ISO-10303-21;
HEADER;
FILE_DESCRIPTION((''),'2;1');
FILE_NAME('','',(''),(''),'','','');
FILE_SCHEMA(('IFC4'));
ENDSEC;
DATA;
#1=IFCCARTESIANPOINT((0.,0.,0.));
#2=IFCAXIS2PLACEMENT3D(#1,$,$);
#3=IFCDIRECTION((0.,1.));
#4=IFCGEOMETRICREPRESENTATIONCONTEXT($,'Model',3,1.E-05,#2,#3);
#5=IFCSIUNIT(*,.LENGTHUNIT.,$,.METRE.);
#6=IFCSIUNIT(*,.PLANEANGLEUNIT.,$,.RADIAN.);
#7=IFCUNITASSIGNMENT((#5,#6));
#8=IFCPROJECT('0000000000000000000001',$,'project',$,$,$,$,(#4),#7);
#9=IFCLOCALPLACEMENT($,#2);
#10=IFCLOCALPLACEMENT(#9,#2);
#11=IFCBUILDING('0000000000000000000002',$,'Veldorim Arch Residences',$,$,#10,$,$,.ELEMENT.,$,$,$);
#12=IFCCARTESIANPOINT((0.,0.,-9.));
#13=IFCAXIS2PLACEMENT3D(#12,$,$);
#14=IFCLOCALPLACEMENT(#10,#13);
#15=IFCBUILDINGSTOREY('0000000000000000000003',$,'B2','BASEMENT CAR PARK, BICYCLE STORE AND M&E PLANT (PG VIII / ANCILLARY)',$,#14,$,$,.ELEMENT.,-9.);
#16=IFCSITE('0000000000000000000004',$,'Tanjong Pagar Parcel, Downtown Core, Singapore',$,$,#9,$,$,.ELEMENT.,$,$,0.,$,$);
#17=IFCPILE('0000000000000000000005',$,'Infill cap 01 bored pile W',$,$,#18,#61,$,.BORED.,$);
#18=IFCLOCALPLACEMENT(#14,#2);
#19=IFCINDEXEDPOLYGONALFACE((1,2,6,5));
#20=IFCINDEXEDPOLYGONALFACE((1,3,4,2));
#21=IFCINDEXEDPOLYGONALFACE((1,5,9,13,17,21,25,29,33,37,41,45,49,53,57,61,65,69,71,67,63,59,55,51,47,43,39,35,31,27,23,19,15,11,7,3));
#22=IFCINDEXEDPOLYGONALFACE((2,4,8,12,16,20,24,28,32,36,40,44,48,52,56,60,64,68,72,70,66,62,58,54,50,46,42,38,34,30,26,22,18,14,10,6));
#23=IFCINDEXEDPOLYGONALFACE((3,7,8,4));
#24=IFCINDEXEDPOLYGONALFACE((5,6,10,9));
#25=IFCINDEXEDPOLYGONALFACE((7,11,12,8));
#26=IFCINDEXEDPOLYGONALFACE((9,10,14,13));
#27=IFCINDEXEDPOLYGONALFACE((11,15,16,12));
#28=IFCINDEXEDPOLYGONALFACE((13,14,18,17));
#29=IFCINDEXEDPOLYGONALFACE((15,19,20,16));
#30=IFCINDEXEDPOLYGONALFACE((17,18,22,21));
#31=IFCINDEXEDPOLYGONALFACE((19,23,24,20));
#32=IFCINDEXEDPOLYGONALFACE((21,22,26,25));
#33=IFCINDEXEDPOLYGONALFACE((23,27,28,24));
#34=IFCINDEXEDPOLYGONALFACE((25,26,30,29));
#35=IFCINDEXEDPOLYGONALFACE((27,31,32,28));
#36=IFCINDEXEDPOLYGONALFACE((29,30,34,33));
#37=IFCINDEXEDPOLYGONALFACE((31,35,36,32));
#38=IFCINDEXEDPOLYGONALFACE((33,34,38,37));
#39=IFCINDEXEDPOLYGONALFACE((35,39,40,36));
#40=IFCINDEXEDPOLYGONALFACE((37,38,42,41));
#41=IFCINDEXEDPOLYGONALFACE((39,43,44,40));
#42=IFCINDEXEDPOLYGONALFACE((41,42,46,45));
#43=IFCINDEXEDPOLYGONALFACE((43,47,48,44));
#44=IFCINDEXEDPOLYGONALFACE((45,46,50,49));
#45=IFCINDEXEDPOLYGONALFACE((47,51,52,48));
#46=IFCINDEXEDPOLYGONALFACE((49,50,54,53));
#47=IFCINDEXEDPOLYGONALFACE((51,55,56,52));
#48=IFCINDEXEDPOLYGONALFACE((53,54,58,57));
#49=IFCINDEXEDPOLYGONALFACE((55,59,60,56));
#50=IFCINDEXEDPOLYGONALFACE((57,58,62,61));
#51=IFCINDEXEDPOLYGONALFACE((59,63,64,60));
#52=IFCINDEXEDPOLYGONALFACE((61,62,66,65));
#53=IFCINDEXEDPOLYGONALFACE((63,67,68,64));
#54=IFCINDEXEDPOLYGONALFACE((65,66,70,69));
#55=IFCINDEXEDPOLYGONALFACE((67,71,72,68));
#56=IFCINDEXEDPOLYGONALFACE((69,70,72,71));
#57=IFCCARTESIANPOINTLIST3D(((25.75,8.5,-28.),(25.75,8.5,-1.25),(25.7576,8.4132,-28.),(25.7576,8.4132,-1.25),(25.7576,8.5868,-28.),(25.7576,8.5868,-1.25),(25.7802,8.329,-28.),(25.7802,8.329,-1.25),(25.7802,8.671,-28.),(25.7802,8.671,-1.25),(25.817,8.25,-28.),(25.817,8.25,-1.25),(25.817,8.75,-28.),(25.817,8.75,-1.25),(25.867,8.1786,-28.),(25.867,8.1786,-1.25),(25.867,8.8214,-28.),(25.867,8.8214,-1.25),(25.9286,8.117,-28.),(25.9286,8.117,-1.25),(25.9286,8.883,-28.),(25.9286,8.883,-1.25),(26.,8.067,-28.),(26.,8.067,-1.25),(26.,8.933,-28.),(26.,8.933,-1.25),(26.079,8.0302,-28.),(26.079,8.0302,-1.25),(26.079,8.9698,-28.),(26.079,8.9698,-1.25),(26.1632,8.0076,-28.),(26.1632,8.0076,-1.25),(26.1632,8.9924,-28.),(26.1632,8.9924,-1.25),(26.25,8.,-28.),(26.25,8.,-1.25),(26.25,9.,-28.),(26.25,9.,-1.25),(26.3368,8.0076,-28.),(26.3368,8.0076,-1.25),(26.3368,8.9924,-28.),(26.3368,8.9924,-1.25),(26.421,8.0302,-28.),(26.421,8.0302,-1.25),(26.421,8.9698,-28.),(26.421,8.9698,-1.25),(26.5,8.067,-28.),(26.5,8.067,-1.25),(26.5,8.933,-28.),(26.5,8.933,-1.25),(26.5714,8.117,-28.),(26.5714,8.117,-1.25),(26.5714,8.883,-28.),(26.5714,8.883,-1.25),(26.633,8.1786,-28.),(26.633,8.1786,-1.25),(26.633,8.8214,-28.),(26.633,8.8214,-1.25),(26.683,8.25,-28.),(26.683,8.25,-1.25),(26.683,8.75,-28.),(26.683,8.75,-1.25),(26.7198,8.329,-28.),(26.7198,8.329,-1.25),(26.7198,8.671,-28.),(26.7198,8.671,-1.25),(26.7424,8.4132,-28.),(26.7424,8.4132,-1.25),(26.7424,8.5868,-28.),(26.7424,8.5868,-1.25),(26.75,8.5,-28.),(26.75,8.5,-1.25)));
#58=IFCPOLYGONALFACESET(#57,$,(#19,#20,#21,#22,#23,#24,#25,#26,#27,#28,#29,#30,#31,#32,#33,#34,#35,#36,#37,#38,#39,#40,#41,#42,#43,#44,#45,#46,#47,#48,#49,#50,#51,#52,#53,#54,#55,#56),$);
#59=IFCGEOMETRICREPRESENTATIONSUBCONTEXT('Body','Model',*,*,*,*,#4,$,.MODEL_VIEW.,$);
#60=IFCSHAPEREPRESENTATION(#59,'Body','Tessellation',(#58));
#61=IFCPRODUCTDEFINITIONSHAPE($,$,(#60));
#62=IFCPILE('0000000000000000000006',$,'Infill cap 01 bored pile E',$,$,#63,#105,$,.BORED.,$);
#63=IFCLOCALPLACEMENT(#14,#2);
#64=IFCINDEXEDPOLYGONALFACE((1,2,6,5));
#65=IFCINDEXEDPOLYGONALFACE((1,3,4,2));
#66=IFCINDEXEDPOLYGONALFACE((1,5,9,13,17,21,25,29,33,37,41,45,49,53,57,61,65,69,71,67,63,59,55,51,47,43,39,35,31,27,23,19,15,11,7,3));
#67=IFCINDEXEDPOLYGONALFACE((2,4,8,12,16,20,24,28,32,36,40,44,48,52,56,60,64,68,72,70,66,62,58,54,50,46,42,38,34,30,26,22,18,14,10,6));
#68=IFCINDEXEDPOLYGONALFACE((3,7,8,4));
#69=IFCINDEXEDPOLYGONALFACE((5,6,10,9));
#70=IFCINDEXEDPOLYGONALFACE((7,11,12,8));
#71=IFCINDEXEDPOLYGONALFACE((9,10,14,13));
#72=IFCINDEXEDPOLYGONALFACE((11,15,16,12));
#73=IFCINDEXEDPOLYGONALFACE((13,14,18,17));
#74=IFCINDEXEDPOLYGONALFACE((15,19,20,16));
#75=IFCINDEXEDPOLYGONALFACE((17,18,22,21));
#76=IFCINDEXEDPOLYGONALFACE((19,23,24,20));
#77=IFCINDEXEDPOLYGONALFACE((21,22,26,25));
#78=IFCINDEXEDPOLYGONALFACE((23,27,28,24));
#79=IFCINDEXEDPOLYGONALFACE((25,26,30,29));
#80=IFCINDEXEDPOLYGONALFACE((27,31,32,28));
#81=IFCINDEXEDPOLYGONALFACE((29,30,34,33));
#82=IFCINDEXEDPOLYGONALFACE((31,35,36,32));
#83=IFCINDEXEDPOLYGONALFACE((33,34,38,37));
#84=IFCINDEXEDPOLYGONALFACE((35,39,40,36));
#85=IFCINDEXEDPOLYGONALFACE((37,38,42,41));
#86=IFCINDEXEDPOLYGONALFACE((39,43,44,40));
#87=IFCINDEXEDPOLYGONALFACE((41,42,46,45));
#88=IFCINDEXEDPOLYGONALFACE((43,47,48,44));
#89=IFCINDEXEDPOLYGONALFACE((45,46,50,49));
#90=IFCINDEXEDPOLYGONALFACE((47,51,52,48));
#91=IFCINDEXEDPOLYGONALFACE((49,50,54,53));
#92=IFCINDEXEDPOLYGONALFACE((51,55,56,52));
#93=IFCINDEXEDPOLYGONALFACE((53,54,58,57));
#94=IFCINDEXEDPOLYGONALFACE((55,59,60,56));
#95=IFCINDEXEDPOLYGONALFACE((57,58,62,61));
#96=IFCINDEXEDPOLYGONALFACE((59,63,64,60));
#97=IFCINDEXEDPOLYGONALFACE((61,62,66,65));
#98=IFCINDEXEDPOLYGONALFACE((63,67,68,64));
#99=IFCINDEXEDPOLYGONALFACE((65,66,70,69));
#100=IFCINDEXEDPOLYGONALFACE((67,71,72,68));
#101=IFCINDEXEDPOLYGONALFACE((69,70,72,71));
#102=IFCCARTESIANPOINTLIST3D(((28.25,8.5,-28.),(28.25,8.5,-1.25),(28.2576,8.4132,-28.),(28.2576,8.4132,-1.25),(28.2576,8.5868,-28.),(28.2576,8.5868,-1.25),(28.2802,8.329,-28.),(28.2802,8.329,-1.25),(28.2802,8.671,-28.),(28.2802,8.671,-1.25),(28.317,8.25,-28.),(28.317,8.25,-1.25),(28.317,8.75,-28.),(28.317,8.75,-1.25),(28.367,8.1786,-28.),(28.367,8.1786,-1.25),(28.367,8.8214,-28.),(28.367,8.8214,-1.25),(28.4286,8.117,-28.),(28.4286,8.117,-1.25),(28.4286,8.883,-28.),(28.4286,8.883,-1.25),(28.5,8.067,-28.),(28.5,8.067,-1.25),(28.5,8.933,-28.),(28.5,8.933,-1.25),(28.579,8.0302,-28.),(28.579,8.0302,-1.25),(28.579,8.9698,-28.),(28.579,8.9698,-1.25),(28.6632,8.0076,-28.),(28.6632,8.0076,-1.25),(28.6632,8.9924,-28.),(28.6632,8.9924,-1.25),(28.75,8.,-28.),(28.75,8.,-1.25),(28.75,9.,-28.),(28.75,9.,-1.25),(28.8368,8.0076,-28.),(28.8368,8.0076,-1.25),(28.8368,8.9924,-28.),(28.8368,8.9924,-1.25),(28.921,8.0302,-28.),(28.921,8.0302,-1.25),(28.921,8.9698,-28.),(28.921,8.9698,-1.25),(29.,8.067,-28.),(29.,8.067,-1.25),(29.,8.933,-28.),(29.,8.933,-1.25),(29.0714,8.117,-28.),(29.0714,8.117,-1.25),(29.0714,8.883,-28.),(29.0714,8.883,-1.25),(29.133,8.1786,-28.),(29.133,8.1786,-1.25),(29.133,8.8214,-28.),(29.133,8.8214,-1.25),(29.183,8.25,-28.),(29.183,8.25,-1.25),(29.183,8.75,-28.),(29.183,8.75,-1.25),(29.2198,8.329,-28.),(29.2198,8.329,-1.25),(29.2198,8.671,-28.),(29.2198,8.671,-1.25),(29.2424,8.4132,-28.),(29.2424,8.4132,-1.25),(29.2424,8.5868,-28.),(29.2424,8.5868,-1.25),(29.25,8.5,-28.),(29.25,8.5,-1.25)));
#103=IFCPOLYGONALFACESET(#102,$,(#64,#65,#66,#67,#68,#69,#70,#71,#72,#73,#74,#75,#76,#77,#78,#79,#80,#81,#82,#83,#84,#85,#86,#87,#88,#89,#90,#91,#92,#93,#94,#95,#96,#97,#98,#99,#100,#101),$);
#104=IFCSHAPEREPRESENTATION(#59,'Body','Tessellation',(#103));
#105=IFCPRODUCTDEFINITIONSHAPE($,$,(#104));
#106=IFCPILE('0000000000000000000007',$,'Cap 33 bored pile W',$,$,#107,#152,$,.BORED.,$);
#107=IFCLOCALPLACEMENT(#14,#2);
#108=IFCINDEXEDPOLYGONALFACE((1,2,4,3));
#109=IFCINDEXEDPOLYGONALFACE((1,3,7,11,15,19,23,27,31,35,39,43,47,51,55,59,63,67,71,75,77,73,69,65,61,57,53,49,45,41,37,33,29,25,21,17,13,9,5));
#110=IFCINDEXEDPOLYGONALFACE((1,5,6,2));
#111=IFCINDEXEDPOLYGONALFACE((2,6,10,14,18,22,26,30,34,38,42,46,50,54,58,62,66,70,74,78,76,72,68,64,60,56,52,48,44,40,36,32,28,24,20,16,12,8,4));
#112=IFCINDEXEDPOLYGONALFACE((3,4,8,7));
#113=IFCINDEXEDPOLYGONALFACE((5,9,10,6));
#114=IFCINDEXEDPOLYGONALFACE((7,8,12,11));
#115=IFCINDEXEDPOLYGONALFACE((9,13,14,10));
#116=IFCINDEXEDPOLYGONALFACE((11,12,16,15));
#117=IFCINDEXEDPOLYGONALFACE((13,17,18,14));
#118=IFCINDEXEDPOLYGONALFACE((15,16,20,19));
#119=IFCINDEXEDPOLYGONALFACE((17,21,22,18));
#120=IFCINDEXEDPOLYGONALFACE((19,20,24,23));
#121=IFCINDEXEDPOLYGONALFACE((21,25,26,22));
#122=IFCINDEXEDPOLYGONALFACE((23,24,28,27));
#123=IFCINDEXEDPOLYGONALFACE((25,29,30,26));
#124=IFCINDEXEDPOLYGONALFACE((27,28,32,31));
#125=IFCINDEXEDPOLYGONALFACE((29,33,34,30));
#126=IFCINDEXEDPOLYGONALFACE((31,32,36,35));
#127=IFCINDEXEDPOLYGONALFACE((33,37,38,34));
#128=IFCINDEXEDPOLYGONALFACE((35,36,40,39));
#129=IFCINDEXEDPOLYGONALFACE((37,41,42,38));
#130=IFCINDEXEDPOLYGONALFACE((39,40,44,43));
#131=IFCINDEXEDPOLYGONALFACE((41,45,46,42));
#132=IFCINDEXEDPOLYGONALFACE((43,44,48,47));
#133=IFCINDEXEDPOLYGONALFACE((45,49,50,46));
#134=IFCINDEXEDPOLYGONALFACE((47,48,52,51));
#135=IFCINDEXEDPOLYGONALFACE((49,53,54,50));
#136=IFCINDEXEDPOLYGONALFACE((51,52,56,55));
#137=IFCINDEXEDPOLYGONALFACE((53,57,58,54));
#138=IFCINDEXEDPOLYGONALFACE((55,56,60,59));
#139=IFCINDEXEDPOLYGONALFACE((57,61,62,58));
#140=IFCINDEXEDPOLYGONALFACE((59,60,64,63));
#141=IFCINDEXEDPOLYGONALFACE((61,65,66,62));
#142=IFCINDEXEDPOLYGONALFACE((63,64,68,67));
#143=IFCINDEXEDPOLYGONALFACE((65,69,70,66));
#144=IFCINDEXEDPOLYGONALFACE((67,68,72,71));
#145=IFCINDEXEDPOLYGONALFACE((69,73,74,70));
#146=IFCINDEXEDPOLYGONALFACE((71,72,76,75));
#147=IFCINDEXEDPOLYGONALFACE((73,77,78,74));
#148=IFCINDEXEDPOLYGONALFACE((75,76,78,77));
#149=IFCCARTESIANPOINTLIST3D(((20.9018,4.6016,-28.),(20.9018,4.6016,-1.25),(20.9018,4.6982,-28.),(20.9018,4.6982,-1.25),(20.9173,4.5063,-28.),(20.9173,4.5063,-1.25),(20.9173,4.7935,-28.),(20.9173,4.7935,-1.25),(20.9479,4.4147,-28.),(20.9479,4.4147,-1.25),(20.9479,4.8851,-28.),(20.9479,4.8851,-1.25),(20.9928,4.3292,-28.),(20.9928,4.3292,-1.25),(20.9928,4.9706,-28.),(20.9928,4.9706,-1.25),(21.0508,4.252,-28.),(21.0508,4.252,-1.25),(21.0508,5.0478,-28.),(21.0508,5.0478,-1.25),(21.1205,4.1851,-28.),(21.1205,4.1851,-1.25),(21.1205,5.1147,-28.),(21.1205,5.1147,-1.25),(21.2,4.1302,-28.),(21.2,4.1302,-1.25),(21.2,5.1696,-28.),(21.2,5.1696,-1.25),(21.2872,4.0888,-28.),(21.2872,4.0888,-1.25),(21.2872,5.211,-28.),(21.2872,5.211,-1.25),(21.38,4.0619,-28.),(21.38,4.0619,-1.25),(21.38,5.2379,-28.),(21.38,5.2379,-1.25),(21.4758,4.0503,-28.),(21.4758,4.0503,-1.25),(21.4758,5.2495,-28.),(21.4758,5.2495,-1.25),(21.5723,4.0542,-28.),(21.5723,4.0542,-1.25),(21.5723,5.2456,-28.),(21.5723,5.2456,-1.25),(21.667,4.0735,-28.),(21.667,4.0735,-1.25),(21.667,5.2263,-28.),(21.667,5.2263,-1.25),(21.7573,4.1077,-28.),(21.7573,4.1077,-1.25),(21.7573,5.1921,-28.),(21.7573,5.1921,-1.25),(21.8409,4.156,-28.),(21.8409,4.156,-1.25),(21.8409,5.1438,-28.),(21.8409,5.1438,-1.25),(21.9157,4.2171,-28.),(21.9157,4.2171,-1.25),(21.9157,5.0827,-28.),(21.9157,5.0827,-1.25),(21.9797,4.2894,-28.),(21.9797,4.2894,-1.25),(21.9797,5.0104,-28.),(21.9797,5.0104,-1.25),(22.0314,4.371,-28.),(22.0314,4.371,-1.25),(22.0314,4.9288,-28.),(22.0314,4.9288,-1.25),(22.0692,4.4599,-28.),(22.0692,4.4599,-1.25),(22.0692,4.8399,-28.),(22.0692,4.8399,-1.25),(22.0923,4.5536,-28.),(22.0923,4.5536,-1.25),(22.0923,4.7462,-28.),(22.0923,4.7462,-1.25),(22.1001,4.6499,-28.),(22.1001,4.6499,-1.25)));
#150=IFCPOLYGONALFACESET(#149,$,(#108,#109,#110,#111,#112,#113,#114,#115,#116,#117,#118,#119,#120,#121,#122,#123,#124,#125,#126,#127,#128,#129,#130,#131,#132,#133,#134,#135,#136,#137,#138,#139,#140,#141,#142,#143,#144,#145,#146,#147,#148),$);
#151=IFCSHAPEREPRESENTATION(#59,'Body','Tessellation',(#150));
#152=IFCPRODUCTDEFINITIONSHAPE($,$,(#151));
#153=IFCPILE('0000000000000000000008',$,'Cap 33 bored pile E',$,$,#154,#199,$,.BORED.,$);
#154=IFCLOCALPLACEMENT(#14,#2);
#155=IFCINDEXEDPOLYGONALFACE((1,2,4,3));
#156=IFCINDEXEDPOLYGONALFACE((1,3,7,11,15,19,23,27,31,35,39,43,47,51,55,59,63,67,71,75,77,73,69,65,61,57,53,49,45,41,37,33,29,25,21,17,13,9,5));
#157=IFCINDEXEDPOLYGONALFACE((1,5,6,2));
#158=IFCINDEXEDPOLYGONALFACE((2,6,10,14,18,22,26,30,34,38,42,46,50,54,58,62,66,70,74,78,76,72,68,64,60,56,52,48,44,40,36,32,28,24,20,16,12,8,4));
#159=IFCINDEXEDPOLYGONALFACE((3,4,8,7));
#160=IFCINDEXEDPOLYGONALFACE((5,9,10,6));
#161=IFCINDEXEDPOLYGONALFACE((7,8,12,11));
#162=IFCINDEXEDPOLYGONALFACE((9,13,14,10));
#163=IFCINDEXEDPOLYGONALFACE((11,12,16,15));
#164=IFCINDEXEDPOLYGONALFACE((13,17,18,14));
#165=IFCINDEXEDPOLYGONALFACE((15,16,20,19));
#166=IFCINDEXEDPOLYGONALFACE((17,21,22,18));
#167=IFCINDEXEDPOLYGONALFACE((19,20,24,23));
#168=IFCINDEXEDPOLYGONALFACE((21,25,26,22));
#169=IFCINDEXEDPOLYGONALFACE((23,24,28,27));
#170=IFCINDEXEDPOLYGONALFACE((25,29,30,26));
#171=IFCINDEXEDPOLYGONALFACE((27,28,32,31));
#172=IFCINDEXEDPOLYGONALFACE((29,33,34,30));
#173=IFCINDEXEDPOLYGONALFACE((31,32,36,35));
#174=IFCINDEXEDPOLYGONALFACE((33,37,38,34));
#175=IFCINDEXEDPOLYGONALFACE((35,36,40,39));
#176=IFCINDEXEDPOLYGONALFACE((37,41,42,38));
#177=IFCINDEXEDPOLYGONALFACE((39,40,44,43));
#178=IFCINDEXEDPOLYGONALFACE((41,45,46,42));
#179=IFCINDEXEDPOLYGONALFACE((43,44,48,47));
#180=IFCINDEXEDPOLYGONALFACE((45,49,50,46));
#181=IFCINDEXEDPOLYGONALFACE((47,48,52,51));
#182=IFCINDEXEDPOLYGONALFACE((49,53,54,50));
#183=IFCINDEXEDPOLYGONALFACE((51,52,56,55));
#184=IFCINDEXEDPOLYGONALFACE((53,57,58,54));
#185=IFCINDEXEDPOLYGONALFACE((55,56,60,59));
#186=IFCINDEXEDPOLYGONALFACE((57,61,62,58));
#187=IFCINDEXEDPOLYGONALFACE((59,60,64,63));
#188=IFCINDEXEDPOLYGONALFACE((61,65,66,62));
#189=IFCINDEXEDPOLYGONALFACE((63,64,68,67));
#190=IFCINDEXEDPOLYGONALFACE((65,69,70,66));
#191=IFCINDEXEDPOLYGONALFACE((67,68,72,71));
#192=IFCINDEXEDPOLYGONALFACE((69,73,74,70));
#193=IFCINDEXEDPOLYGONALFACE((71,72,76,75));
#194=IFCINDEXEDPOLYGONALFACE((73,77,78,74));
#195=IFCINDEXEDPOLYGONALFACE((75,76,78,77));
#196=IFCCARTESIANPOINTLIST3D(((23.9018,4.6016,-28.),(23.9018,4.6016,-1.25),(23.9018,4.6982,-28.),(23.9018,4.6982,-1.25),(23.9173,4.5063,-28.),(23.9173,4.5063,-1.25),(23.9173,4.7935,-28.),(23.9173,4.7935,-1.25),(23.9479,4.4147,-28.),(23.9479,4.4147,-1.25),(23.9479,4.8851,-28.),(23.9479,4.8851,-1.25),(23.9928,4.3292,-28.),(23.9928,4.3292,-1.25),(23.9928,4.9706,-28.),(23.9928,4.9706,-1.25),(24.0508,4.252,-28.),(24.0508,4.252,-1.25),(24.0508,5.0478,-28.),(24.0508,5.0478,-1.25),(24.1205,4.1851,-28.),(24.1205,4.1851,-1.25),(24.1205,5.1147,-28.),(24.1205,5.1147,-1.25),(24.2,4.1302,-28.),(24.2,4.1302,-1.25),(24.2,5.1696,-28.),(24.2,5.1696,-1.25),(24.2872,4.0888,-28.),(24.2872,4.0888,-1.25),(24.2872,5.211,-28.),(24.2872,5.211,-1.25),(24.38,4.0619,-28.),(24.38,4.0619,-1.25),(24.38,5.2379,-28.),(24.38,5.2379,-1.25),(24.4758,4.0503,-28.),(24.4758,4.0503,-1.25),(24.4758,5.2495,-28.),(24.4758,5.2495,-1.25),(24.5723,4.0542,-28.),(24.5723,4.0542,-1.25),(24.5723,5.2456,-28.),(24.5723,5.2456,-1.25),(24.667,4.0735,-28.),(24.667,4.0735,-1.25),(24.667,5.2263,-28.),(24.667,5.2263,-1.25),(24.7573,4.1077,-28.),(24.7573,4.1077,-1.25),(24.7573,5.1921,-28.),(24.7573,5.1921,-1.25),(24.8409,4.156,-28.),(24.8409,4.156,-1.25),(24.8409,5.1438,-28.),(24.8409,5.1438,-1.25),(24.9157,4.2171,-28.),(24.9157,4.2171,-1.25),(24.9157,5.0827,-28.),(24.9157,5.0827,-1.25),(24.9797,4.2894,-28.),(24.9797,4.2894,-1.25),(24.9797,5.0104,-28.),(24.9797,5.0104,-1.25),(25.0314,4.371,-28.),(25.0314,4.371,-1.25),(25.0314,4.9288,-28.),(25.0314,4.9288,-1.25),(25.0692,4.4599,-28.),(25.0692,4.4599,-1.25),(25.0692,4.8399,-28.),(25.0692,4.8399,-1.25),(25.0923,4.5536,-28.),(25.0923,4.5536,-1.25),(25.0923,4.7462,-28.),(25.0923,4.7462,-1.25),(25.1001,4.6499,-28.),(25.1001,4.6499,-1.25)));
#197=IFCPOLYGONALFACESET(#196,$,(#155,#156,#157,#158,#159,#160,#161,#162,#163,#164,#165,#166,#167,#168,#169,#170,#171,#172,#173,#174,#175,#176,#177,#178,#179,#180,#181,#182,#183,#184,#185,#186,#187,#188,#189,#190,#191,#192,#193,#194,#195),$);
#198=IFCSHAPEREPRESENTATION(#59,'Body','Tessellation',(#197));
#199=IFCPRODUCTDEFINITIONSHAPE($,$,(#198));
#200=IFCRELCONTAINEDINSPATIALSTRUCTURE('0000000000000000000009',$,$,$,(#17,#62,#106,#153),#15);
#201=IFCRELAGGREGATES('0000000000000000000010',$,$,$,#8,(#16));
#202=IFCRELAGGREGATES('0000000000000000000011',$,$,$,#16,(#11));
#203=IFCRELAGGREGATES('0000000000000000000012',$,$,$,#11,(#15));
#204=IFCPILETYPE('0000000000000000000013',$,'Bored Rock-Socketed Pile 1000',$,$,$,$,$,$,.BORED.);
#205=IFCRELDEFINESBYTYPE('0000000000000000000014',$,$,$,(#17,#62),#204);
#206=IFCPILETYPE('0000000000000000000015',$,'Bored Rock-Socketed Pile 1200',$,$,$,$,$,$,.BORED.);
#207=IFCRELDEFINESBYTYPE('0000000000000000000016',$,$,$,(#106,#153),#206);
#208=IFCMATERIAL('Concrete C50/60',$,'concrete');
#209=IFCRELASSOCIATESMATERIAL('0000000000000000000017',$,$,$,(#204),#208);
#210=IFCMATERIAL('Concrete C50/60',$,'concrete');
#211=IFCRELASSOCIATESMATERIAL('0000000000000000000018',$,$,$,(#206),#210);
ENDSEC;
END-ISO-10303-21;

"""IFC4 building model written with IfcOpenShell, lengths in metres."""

from ifc_helpers import new_model, si_unit, direction, frame, origin, origin_2d, place, context, subcontext, project, spatial, circle, extrude, material, material_profile, profile_set, type_object, element, save


model = new_model("IFC4")

# Units and contexts
model_context = context("Model", 3, precision=1e-05, world=origin(), true_north=direction((0.0, 1.0)))
body_context = subcontext(model_context, "Body", "Model", "MODEL_VIEW")
ifc_project = project(units=[si_unit("LENGTHUNIT", "METRE"), si_unit("PLANEANGLEUNIT", "RADIAN")], contexts=[model_context])

# Site, building, storey
site_placement = place(None, origin())
site = spatial("IfcSite", under=ifc_project, at=site_placement, Name="Tanjong Pagar Parcel, Downtown Core, Singapore", CompositionType="ELEMENT", RefElevation=0.0)
building_placement = place(site_placement, origin())
building = spatial("IfcBuilding", under=site, at=building_placement, Name="Veldorim Arch Residences", CompositionType="ELEMENT")
storey_placement = place(building_placement, frame((0.0, 0.0, -9.0)))
storey = spatial("IfcBuildingStorey", under=building, at=storey_placement, Name="B2", Description="BASEMENT CAR PARK, BICYCLE STORE AND M&E PLANT (PG VIII / ANCILLARY)", CompositionType="ELEMENT", Elevation=-9.0)

# Piles
ifc_material_1 = material(Name="Concrete C50/60", Category="concrete")
ifc_material_profile_1 = material_profile(ifc_material_1, circle(Radius=0.5, at=origin_2d()), Name="PILE_1000")
ifc_profile_set_1 = profile_set([ifc_material_profile_1], Name="Concrete C50/60")
pile_type_1 = type_object("IfcPileType", Name="Bored Rock-Socketed Pile 1000", PredefinedType="BORED", material=ifc_profile_set_1)
for number, where, z_axis, x_axis, name in (
    (1, (26.25, 8.5, -1.25), (0.0, 0.0, -1.0), (1.0, 0.0, 0.0), "Infill cap 01 bored pile W"),
    (2, (28.75, 8.5, -1.25), (0.0, 0.0, -1.0), (1.0, 0.0, 0.0), "Infill cap 01 bored pile E"),
):
    element("IfcPile", number, at=place(storey_placement, frame(where, z_axis=z_axis, x_axis=x_axis)), inside=storey, type_object=pile_type_1, Name=name, PredefinedType="BORED", context=body_context, shape_type="SweptSolid", body=[
        extrude(circle(Radius=0.5, at=origin_2d()), origin(), (0.0, 0.0, 1.0), 26.75),
    ])
ifc_material_2 = material(Name="Concrete C50/60", Category="concrete")
ifc_material_profile_2 = material_profile(ifc_material_2, circle(Radius=0.6001, at=origin_2d()), Name="PILE_1200")
ifc_profile_set_2 = profile_set([ifc_material_profile_2], Name="Concrete C50/60")
pile_type_2 = type_object("IfcPileType", Name="Bored Rock-Socketed Pile 1200", PredefinedType="BORED", material=ifc_profile_set_2)
for number, where, z_axis, x_axis, name in (
    (3, (21.5, 4.6499, -1.25), (0.0, 0.0, -1.0), (1.0, 0.0, 0.0), "Cap 33 bored pile W"),
    (4, (24.5, 4.6499, -1.25), (0.0, 0.0, -1.0), (1.0, 0.0, 0.0), "Cap 33 bored pile E"),
):
    element("IfcPile", number, at=place(storey_placement, frame(where, z_axis=z_axis, x_axis=x_axis)), inside=storey, type_object=pile_type_2, Name=name, PredefinedType="BORED", context=body_context, shape_type="SweptSolid", body=[
        extrude(circle(Radius=0.6001, at=origin_2d()), origin(), (0.0, 0.0, 1.0), 26.75),
    ])

save(model, "model.ifc")
